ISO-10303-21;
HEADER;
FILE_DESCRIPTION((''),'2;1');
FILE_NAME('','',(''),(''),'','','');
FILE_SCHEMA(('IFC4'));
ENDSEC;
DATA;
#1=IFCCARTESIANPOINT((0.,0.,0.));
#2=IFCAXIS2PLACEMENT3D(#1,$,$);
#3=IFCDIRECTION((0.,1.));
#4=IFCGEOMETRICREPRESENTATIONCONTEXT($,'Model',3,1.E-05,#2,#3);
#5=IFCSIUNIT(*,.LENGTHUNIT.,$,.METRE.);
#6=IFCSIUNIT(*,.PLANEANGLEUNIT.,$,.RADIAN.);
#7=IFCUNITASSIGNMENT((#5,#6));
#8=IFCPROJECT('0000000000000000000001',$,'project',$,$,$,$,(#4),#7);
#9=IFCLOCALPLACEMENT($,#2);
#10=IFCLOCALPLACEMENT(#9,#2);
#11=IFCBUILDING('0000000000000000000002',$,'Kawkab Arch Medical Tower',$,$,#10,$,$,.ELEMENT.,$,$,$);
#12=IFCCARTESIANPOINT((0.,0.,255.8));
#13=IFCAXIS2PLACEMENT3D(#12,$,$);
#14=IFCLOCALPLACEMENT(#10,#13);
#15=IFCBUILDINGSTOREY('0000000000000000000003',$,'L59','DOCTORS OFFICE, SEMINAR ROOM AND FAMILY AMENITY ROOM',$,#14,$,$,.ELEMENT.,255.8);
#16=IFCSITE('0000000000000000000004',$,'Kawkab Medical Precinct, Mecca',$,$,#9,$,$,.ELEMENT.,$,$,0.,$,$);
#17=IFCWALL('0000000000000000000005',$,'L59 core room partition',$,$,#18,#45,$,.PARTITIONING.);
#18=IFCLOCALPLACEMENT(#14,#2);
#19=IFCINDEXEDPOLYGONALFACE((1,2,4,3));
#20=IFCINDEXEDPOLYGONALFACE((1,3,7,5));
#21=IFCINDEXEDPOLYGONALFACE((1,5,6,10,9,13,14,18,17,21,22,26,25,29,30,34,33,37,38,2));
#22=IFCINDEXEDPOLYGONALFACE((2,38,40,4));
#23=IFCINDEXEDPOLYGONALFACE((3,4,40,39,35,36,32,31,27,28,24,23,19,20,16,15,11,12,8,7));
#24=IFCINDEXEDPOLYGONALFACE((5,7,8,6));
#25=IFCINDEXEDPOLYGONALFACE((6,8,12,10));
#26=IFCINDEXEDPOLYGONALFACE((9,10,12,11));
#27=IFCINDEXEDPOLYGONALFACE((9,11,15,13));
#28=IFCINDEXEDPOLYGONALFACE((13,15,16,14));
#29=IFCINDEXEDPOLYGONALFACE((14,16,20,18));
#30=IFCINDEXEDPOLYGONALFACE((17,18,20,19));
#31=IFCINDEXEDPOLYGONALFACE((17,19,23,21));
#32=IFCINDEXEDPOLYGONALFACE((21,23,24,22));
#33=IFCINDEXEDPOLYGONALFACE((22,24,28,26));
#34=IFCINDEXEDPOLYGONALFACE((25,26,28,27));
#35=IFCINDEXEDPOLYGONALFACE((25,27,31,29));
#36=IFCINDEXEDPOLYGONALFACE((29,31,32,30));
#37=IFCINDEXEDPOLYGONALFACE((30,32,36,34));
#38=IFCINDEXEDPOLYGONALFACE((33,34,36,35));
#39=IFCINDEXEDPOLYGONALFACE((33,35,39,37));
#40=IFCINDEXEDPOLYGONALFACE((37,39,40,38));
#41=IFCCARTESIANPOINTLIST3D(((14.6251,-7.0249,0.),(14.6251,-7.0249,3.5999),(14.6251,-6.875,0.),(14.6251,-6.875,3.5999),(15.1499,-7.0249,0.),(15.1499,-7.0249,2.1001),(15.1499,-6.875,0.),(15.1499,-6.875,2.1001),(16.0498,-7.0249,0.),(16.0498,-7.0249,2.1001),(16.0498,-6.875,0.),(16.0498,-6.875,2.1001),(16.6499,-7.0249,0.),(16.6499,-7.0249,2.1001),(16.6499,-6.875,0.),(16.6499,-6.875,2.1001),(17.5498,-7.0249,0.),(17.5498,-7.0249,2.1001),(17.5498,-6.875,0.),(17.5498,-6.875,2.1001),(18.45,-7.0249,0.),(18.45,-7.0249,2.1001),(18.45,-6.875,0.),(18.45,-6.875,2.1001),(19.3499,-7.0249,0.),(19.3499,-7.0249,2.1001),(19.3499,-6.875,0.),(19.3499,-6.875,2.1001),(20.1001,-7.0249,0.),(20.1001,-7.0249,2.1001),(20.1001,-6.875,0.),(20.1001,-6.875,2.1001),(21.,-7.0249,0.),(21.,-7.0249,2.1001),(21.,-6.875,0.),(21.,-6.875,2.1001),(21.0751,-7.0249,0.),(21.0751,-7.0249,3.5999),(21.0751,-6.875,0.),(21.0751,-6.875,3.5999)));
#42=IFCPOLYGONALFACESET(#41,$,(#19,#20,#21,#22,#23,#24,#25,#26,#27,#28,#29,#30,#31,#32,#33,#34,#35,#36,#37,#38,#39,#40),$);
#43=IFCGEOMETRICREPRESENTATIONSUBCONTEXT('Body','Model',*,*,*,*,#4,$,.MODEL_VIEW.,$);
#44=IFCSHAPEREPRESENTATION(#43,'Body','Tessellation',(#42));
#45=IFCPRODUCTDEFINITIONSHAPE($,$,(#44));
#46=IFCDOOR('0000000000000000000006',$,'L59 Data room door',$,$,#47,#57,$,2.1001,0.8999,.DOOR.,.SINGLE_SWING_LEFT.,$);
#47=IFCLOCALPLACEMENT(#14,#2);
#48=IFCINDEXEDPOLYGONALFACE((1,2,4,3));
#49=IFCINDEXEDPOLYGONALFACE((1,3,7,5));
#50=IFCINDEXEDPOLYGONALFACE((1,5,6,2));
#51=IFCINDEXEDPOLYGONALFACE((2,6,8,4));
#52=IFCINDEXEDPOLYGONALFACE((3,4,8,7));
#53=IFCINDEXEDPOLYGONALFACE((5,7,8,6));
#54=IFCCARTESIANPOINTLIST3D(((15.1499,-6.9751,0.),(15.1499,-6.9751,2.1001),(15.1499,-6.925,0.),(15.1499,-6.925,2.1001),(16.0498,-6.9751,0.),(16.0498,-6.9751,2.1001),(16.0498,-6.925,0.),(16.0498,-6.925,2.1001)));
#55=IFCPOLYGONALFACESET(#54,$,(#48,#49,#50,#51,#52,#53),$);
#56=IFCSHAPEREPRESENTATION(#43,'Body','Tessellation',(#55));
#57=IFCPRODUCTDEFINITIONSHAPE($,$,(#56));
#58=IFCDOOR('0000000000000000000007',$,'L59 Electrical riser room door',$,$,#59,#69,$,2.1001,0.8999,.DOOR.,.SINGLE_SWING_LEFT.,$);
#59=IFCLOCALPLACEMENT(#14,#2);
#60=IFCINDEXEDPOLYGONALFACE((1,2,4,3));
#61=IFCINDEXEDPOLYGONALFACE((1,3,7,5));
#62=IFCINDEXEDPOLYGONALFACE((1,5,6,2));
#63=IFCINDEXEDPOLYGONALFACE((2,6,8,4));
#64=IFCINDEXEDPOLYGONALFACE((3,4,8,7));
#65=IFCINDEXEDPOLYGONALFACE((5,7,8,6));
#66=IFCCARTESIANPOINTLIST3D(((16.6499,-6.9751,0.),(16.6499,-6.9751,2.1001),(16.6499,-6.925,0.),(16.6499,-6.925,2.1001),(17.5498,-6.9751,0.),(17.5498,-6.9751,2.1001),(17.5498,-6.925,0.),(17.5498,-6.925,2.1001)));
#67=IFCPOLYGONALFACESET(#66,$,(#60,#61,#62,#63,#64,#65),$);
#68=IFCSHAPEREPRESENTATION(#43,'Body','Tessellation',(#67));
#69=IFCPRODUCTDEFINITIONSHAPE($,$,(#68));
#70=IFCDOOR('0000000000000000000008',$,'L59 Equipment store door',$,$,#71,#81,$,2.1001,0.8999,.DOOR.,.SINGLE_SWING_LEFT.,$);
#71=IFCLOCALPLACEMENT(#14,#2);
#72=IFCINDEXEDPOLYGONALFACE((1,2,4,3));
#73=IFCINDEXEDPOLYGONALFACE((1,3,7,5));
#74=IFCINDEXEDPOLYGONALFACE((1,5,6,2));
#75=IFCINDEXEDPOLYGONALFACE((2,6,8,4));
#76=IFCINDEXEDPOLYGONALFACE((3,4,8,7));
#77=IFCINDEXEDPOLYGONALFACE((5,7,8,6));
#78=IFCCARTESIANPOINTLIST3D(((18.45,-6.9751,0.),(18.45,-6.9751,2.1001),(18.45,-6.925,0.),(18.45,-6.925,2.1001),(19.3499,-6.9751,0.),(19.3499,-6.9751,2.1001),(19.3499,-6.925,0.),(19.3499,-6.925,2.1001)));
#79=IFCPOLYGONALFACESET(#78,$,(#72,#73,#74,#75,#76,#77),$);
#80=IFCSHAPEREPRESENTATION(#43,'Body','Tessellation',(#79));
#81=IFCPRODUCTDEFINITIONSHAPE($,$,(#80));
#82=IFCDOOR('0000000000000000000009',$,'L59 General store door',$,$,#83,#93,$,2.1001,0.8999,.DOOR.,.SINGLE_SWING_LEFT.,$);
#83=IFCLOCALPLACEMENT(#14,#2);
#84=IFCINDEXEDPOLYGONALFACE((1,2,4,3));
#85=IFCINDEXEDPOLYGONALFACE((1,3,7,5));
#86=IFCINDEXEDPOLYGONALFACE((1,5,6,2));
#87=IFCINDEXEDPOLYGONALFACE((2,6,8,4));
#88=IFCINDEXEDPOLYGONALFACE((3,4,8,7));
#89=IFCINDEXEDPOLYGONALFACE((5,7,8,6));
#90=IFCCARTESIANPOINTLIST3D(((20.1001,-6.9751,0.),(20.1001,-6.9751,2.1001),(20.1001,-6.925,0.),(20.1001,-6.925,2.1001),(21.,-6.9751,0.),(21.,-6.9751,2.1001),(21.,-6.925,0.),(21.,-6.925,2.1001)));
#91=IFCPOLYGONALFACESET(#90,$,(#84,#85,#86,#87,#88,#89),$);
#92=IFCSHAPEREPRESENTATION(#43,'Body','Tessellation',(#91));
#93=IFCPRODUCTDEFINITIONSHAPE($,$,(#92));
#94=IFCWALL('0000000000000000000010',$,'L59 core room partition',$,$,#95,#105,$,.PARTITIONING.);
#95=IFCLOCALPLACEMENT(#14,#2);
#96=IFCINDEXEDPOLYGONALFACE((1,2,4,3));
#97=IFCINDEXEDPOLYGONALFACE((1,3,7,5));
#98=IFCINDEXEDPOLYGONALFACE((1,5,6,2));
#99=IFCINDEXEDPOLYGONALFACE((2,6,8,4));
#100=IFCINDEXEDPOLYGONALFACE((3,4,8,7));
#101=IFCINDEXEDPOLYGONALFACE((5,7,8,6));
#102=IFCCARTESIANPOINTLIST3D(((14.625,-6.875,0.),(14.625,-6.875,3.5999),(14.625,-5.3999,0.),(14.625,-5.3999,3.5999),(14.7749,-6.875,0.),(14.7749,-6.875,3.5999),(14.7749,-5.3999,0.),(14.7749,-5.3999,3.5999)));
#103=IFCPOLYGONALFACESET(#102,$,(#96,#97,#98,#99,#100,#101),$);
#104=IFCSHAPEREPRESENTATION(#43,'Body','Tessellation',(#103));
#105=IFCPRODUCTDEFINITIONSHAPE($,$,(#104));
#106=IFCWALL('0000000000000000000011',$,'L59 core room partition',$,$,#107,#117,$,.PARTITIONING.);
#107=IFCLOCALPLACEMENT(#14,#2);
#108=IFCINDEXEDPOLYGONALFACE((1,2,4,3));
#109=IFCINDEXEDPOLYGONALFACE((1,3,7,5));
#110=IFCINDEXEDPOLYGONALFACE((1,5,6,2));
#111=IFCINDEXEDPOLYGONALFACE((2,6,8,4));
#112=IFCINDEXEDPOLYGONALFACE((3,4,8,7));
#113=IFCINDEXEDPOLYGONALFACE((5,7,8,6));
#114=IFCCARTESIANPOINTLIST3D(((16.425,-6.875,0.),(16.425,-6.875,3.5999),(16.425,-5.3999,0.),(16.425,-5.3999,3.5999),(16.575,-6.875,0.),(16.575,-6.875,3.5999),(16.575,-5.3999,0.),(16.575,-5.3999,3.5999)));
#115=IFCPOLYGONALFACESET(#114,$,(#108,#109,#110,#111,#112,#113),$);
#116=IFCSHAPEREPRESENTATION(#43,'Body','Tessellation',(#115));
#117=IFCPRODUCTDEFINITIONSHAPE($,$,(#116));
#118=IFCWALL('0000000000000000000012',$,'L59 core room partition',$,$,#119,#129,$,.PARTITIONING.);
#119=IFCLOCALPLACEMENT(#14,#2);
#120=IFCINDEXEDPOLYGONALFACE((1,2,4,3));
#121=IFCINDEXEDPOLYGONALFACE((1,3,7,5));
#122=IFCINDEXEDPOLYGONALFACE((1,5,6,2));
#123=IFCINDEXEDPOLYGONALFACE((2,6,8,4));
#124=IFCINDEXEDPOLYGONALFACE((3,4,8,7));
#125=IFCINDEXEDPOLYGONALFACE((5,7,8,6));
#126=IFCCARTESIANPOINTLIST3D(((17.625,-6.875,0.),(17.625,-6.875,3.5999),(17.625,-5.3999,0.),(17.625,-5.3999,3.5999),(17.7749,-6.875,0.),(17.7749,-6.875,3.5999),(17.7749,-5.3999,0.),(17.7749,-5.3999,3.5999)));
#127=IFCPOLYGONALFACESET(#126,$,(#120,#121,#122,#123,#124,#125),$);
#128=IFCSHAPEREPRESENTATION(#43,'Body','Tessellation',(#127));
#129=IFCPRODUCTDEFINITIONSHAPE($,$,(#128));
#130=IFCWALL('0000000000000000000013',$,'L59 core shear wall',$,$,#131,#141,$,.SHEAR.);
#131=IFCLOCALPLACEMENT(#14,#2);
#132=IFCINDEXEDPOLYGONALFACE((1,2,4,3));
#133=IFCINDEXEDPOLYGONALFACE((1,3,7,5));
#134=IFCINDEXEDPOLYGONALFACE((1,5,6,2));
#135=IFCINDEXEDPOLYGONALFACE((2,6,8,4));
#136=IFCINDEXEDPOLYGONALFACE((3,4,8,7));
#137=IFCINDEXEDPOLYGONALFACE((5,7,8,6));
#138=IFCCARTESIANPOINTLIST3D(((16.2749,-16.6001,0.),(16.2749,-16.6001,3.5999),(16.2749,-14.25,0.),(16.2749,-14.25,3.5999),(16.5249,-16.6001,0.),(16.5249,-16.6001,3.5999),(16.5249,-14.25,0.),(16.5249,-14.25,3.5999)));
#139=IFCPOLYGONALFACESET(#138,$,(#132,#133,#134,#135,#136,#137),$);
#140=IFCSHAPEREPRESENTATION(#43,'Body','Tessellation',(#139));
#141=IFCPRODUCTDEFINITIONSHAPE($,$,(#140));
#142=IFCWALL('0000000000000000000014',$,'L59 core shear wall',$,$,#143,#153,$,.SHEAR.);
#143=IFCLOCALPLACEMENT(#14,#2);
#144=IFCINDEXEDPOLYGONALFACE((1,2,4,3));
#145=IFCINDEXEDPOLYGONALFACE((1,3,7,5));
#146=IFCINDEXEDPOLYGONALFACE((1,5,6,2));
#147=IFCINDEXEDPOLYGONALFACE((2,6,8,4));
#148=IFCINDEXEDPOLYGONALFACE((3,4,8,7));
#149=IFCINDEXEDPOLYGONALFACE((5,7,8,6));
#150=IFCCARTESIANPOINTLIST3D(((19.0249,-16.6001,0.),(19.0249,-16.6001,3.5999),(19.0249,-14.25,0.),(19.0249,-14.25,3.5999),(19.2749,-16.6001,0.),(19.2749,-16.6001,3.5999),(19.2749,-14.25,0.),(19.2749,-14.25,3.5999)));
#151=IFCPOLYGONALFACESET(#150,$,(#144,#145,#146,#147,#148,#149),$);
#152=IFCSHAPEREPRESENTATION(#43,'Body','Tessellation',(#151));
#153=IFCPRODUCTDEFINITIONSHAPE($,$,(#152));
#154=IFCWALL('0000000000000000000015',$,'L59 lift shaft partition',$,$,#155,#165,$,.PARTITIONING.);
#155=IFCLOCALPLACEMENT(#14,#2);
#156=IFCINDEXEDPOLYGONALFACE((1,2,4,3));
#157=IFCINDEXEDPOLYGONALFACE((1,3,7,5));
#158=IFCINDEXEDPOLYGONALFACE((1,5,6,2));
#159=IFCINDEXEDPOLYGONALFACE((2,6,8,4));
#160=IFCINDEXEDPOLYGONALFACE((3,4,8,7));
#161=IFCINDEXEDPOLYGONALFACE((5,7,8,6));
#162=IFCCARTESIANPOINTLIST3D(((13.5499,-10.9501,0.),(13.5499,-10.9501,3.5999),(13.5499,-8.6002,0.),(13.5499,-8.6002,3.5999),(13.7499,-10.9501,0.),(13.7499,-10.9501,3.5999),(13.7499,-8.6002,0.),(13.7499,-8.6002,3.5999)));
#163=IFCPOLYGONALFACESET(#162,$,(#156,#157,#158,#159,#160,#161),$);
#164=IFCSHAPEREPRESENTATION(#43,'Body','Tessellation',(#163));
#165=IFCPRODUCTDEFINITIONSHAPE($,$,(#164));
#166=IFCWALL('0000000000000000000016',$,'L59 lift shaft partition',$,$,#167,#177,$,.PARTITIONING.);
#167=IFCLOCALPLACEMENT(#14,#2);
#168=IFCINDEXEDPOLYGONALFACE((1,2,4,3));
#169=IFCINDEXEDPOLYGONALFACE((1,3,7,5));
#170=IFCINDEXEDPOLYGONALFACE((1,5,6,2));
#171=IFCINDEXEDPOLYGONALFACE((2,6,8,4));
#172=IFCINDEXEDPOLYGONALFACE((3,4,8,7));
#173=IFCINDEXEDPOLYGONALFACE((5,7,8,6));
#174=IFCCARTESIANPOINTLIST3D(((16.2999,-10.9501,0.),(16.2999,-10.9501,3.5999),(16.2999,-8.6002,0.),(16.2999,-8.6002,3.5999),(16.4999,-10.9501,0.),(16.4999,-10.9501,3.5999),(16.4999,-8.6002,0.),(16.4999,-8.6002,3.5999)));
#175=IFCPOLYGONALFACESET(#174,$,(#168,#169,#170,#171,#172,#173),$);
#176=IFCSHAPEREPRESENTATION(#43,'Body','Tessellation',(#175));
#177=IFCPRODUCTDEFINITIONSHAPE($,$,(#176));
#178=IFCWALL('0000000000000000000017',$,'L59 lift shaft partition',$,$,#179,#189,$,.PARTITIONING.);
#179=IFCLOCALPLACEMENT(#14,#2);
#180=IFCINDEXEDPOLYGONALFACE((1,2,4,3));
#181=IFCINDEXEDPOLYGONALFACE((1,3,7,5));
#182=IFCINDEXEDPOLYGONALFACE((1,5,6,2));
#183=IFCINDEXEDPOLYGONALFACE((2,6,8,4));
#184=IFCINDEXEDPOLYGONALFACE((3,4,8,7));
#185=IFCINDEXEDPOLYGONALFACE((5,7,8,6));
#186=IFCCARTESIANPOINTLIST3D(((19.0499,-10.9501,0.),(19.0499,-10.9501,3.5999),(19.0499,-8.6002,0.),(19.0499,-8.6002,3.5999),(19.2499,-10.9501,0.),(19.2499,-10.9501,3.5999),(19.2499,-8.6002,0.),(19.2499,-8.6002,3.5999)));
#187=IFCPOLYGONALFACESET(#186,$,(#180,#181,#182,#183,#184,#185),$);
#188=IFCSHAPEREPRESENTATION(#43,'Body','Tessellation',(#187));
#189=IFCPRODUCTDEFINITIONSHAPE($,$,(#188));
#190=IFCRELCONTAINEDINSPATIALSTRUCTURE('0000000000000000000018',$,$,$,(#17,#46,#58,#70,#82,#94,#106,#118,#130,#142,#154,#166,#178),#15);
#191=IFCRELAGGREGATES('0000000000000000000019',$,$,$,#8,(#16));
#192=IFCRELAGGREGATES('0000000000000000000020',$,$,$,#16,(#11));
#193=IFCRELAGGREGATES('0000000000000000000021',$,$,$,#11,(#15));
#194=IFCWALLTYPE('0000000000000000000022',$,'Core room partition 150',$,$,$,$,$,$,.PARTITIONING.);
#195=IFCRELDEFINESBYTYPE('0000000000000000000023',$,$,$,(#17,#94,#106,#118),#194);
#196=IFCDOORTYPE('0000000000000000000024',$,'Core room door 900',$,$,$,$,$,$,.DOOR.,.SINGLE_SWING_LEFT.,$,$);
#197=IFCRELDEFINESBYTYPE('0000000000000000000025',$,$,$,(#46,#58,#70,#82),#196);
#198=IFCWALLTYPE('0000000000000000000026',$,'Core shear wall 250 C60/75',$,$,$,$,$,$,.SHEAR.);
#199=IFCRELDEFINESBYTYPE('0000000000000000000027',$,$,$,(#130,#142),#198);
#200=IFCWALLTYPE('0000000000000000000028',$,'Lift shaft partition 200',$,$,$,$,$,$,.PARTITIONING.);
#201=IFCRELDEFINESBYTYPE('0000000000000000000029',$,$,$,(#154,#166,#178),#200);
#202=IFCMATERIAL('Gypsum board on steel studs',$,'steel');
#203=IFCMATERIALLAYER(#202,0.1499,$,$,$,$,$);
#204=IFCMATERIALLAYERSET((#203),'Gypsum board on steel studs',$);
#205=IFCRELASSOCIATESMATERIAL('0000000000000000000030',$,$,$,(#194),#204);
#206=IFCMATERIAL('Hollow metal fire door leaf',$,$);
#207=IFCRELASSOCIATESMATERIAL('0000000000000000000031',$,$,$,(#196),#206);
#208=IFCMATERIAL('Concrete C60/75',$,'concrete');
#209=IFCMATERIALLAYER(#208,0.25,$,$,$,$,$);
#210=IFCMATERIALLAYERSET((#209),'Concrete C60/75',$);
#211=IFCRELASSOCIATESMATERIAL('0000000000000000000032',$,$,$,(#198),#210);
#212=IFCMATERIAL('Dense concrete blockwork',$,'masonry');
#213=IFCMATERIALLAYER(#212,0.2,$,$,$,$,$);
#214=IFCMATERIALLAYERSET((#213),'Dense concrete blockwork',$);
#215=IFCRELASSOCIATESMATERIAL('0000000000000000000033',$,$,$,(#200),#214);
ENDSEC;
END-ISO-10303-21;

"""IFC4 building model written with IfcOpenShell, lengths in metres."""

from ifc_helpers import new_model, si_unit, direction, frame, frame_2d, origin, place, context, subcontext, project, spatial, rectangle, extrude, material, layer, layer_set, type_object, element, fill, save


model = new_model("IFC4")

# Units and contexts
model_context = context("Model", 3, precision=1e-05, world=origin(), true_north=direction((0.0, 1.0)))
body_context = subcontext(model_context, "Body", "Model", "MODEL_VIEW")
ifc_project = project(units=[si_unit("LENGTHUNIT", "METRE"), si_unit("PLANEANGLEUNIT", "RADIAN")], contexts=[model_context])

# Site, building, storey
site_placement = place(None, origin())
site = spatial("IfcSite", under=ifc_project, at=site_placement, Name="Kawkab Medical Precinct, Mecca", CompositionType="ELEMENT", RefElevation=0.0)
building_placement = place(site_placement, origin())
building = spatial("IfcBuilding", under=site, at=building_placement, Name="Kawkab Arch Medical Tower", CompositionType="ELEMENT")
storey_placement = place(building_placement, frame((0.0, 0.0, 255.8)))
storey = spatial("IfcBuildingStorey", under=building, at=storey_placement, Name="L59", Description="DOCTORS OFFICE, SEMINAR ROOM AND FAMILY AMENITY ROOM", CompositionType="ELEMENT", Elevation=255.8)

# Wall, openings, doors
ifc_material_1 = material(Name="Gypsum board on steel studs", Category="steel")
ifc_layer_1 = layer(ifc_material_1, 0.1499)
ifc_layer_set_1 = layer_set([ifc_layer_1], Name="Gypsum board on steel studs")
wall_type_1 = type_object("IfcWallType", Name="Core room partition 150", PredefinedType="PARTITIONING", material=ifc_layer_set_1)
wall_placement = place(storey_placement, frame((14.625, -6.95, 0.0), z_axis=(0.0, 0.0, 1.0), x_axis=(1.0, 0.0, 0.0)))
wall = element("IfcWall", 1, at=wall_placement, inside=storey, type_object=wall_type_1, Name="L59 core room partition", PredefinedType="PARTITIONING", context=body_context, shape_type="SweptSolid", body=[
    extrude(rectangle(XDim=6.45, YDim=0.1499, at=frame_2d((3.2251, 0.0))), origin(), (0.0, 0.0, 1.0), 3.5999),
])
opening_1_placement = place(wall_placement, frame((0.5249, 0.0, 0.0)))
opening_1 = element("IfcOpeningElement", 2, at=opening_1_placement, cuts=wall, PredefinedType="OPENING", context=body_context, shape_type="SweptSolid", body=[
    extrude(rectangle(XDim=0.8999, YDim=2.1001, at=frame_2d((0.45, 1.05))), frame((0.0, 0.085, 0.0), z_axis=(0.0, -1.0, 0.0), x_axis=(1.0, 0.0, 0.0)), (0.0, 0.0, 1.0), 0.1699),
])
opening_2_placement = place(wall_placement, frame((2.0249, 0.0, 0.0)))
opening_2 = element("IfcOpeningElement", 3, at=opening_2_placement, cuts=wall, PredefinedType="OPENING", context=body_context, shape_type="SweptSolid", body=[
    extrude(rectangle(XDim=0.8999, YDim=2.1001, at=frame_2d((0.45, 1.05))), frame((0.0, 0.085, 0.0), z_axis=(0.0, -1.0, 0.0), x_axis=(1.0, 0.0, 0.0)), (0.0, 0.0, 1.0), 0.1699),
])
opening_3_placement = place(wall_placement, frame((3.825, 0.0, 0.0)))
opening_3 = element("IfcOpeningElement", 4, at=opening_3_placement, cuts=wall, PredefinedType="OPENING", context=body_context, shape_type="SweptSolid", body=[
    extrude(rectangle(XDim=0.8999, YDim=2.1001, at=frame_2d((0.45, 1.05))), frame((0.0, 0.085, 0.0), z_axis=(0.0, -1.0, 0.0), x_axis=(1.0, 0.0, 0.0)), (0.0, 0.0, 1.0), 0.1699),
])
opening_4_placement = place(wall_placement, frame((5.4751, 0.0, 0.0)))
opening_4 = element("IfcOpeningElement", 5, at=opening_4_placement, cuts=wall, PredefinedType="OPENING", context=body_context, shape_type="SweptSolid", body=[
    extrude(rectangle(XDim=0.8999, YDim=2.1001, at=frame_2d((0.45, 1.05))), frame((0.0, 0.085, 0.0), z_axis=(0.0, -1.0, 0.0), x_axis=(1.0, 0.0, 0.0)), (0.0, 0.0, 1.0), 0.1699),
])
ifc_material_2 = material(Name="Hollow metal fire door leaf")
door_type = type_object("IfcDoorType", Name="Core room door 900", OperationType="SINGLE_SWING_LEFT", PredefinedType="DOOR", material=ifc_material_2)
door_1_placement = place(opening_1_placement, origin())
door_1 = element("IfcDoor", 6, at=door_1_placement, inside=storey, type_object=door_type, Name="L59 Data room door", OperationType="SINGLE_SWING_LEFT", OverallHeight=2.1001, OverallWidth=0.8999, PredefinedType="DOOR", context=body_context, shape_type="SweptSolid", body=[
    extrude(rectangle(XDim=0.8999, YDim=2.1001, at=frame_2d((0.45, 1.05))), frame((0.0, 0.0249, 0.0), z_axis=(0.0, -1.0, 0.0), x_axis=(1.0, 0.0, 0.0)), (0.0, 0.0, 1.0), 0.05),
])
fill(opening_1, door_1)
door_2_placement = place(opening_2_placement, origin())
door_2 = element("IfcDoor", 7, at=door_2_placement, inside=storey, type_object=door_type, Name="L59 Electrical riser room door", OperationType="SINGLE_SWING_LEFT", OverallHeight=2.1001, OverallWidth=0.8999, PredefinedType="DOOR", context=body_context, shape_type="SweptSolid", body=[
    extrude(rectangle(XDim=0.8999, YDim=2.1001, at=frame_2d((0.45, 1.05))), frame((0.0, 0.0249, 0.0), z_axis=(0.0, -1.0, 0.0), x_axis=(1.0, 0.0, 0.0)), (0.0, 0.0, 1.0), 0.05),
])
fill(opening_2, door_2)
door_3_placement = place(opening_3_placement, origin())
door_3 = element("IfcDoor", 8, at=door_3_placement, inside=storey, type_object=door_type, Name="L59 Equipment store door", OperationType="SINGLE_SWING_LEFT", OverallHeight=2.1001, OverallWidth=0.8999, PredefinedType="DOOR", context=body_context, shape_type="SweptSolid", body=[
    extrude(rectangle(XDim=0.8999, YDim=2.1001, at=frame_2d((0.45, 1.05))), frame((0.0, 0.0249, 0.0), z_axis=(0.0, -1.0, 0.0), x_axis=(1.0, 0.0, 0.0)), (0.0, 0.0, 1.0), 0.05),
])
fill(opening_3, door_3)
door_4_placement = place(opening_4_placement, origin())
door_4 = element("IfcDoor", 9, at=door_4_placement, inside=storey, type_object=door_type, Name="L59 General store door", OperationType="SINGLE_SWING_LEFT", OverallHeight=2.1001, OverallWidth=0.8999, PredefinedType="DOOR", context=body_context, shape_type="SweptSolid", body=[
    extrude(rectangle(XDim=0.8999, YDim=2.1001, at=frame_2d((0.45, 1.05))), frame((0.0, 0.0249, 0.0), z_axis=(0.0, -1.0, 0.0), x_axis=(1.0, 0.0, 0.0)), (0.0, 0.0, 1.0), 0.05),
])
fill(opening_4, door_4)

# Walls
for number, where, z_axis, x_axis, name in (
    (10, (14.7, -6.875, 0.0), (0.0, 0.0, 1.0), (0.0, 1.0, 0.0), "L59 core room partition"),
    (11, (16.5, -6.875, 0.0), (0.0, 0.0, 1.0), (0.0, 1.0, 0.0), "L59 core room partition"),
    (12, (17.7, -6.875, 0.0), (0.0, 0.0, 1.0), (0.0, 1.0, 0.0), "L59 core room partition"),
):
    element("IfcWall", number, at=place(storey_placement, frame(where, z_axis=z_axis, x_axis=x_axis)), inside=storey, type_object=wall_type_1, Name=name, PredefinedType="PARTITIONING", context=body_context, shape_type="SweptSolid", body=[
        extrude(rectangle(XDim=1.4751, YDim=0.1499, at=frame_2d((0.7375, 0.0))), origin(), (0.0, 0.0, 1.0), 3.5999),
    ])
ifc_material_3 = material(Name="Concrete C60/75", Category="concrete")
ifc_layer_2 = layer(ifc_material_3, 0.25)
ifc_layer_set_2 = layer_set([ifc_layer_2], Name="Concrete C60/75")
wall_type_2 = type_object("IfcWallType", Name="Core shear wall 250 C60/75", PredefinedType="SHEAR", material=ifc_layer_set_2)
for number, where, z_axis, x_axis, name in (
    (13, (16.3999, -16.6001, 0.0), (0.0, 0.0, 1.0), (0.0, 1.0, 0.0), "L59 core shear wall"),
    (14, (19.1499, -16.6001, 0.0), (0.0, 0.0, 1.0), (0.0, 1.0, 0.0), "L59 core shear wall"),
):
    element("IfcWall", number, at=place(storey_placement, frame(where, z_axis=z_axis, x_axis=x_axis)), inside=storey, type_object=wall_type_2, Name=name, PredefinedType="SHEAR", context=body_context, shape_type="SweptSolid", body=[
        extrude(rectangle(XDim=2.3501, YDim=0.25, at=frame_2d((1.175, 0.0))), origin(), (0.0, 0.0, 1.0), 3.5999),
    ])
ifc_material_4 = material(Name="Dense concrete blockwork", Category="masonry")
ifc_layer_3 = layer(ifc_material_4, 0.2)
ifc_layer_set_3 = layer_set([ifc_layer_3], Name="Dense concrete blockwork")
wall_type_3 = type_object("IfcWallType", Name="Lift shaft partition 200", PredefinedType="PARTITIONING", material=ifc_layer_set_3)
for number, where, z_axis, x_axis, name in (
    (15, (13.6499, -10.95, 0.0), (0.0, 0.0, 1.0), (0.0, 1.0, 0.0), "L59 lift shaft partition"),
    (16, (16.3999, -10.95, 0.0), (0.0, 0.0, 1.0), (0.0, 1.0, 0.0), "L59 lift shaft partition"),
    (17, (19.1499, -10.95, 0.0), (0.0, 0.0, 1.0), (0.0, 1.0, 0.0), "L59 lift shaft partition"),
):
    element("IfcWall", number, at=place(storey_placement, frame(where, z_axis=z_axis, x_axis=x_axis)), inside=storey, type_object=wall_type_3, Name=name, PredefinedType="PARTITIONING", context=body_context, shape_type="SweptSolid", body=[
        extrude(rectangle(XDim=2.3499, YDim=0.2, at=frame_2d((1.1748, 0.0))), origin(), (0.0, 0.0, 1.0), 3.5999),
    ])

save(model, "model.ifc")
